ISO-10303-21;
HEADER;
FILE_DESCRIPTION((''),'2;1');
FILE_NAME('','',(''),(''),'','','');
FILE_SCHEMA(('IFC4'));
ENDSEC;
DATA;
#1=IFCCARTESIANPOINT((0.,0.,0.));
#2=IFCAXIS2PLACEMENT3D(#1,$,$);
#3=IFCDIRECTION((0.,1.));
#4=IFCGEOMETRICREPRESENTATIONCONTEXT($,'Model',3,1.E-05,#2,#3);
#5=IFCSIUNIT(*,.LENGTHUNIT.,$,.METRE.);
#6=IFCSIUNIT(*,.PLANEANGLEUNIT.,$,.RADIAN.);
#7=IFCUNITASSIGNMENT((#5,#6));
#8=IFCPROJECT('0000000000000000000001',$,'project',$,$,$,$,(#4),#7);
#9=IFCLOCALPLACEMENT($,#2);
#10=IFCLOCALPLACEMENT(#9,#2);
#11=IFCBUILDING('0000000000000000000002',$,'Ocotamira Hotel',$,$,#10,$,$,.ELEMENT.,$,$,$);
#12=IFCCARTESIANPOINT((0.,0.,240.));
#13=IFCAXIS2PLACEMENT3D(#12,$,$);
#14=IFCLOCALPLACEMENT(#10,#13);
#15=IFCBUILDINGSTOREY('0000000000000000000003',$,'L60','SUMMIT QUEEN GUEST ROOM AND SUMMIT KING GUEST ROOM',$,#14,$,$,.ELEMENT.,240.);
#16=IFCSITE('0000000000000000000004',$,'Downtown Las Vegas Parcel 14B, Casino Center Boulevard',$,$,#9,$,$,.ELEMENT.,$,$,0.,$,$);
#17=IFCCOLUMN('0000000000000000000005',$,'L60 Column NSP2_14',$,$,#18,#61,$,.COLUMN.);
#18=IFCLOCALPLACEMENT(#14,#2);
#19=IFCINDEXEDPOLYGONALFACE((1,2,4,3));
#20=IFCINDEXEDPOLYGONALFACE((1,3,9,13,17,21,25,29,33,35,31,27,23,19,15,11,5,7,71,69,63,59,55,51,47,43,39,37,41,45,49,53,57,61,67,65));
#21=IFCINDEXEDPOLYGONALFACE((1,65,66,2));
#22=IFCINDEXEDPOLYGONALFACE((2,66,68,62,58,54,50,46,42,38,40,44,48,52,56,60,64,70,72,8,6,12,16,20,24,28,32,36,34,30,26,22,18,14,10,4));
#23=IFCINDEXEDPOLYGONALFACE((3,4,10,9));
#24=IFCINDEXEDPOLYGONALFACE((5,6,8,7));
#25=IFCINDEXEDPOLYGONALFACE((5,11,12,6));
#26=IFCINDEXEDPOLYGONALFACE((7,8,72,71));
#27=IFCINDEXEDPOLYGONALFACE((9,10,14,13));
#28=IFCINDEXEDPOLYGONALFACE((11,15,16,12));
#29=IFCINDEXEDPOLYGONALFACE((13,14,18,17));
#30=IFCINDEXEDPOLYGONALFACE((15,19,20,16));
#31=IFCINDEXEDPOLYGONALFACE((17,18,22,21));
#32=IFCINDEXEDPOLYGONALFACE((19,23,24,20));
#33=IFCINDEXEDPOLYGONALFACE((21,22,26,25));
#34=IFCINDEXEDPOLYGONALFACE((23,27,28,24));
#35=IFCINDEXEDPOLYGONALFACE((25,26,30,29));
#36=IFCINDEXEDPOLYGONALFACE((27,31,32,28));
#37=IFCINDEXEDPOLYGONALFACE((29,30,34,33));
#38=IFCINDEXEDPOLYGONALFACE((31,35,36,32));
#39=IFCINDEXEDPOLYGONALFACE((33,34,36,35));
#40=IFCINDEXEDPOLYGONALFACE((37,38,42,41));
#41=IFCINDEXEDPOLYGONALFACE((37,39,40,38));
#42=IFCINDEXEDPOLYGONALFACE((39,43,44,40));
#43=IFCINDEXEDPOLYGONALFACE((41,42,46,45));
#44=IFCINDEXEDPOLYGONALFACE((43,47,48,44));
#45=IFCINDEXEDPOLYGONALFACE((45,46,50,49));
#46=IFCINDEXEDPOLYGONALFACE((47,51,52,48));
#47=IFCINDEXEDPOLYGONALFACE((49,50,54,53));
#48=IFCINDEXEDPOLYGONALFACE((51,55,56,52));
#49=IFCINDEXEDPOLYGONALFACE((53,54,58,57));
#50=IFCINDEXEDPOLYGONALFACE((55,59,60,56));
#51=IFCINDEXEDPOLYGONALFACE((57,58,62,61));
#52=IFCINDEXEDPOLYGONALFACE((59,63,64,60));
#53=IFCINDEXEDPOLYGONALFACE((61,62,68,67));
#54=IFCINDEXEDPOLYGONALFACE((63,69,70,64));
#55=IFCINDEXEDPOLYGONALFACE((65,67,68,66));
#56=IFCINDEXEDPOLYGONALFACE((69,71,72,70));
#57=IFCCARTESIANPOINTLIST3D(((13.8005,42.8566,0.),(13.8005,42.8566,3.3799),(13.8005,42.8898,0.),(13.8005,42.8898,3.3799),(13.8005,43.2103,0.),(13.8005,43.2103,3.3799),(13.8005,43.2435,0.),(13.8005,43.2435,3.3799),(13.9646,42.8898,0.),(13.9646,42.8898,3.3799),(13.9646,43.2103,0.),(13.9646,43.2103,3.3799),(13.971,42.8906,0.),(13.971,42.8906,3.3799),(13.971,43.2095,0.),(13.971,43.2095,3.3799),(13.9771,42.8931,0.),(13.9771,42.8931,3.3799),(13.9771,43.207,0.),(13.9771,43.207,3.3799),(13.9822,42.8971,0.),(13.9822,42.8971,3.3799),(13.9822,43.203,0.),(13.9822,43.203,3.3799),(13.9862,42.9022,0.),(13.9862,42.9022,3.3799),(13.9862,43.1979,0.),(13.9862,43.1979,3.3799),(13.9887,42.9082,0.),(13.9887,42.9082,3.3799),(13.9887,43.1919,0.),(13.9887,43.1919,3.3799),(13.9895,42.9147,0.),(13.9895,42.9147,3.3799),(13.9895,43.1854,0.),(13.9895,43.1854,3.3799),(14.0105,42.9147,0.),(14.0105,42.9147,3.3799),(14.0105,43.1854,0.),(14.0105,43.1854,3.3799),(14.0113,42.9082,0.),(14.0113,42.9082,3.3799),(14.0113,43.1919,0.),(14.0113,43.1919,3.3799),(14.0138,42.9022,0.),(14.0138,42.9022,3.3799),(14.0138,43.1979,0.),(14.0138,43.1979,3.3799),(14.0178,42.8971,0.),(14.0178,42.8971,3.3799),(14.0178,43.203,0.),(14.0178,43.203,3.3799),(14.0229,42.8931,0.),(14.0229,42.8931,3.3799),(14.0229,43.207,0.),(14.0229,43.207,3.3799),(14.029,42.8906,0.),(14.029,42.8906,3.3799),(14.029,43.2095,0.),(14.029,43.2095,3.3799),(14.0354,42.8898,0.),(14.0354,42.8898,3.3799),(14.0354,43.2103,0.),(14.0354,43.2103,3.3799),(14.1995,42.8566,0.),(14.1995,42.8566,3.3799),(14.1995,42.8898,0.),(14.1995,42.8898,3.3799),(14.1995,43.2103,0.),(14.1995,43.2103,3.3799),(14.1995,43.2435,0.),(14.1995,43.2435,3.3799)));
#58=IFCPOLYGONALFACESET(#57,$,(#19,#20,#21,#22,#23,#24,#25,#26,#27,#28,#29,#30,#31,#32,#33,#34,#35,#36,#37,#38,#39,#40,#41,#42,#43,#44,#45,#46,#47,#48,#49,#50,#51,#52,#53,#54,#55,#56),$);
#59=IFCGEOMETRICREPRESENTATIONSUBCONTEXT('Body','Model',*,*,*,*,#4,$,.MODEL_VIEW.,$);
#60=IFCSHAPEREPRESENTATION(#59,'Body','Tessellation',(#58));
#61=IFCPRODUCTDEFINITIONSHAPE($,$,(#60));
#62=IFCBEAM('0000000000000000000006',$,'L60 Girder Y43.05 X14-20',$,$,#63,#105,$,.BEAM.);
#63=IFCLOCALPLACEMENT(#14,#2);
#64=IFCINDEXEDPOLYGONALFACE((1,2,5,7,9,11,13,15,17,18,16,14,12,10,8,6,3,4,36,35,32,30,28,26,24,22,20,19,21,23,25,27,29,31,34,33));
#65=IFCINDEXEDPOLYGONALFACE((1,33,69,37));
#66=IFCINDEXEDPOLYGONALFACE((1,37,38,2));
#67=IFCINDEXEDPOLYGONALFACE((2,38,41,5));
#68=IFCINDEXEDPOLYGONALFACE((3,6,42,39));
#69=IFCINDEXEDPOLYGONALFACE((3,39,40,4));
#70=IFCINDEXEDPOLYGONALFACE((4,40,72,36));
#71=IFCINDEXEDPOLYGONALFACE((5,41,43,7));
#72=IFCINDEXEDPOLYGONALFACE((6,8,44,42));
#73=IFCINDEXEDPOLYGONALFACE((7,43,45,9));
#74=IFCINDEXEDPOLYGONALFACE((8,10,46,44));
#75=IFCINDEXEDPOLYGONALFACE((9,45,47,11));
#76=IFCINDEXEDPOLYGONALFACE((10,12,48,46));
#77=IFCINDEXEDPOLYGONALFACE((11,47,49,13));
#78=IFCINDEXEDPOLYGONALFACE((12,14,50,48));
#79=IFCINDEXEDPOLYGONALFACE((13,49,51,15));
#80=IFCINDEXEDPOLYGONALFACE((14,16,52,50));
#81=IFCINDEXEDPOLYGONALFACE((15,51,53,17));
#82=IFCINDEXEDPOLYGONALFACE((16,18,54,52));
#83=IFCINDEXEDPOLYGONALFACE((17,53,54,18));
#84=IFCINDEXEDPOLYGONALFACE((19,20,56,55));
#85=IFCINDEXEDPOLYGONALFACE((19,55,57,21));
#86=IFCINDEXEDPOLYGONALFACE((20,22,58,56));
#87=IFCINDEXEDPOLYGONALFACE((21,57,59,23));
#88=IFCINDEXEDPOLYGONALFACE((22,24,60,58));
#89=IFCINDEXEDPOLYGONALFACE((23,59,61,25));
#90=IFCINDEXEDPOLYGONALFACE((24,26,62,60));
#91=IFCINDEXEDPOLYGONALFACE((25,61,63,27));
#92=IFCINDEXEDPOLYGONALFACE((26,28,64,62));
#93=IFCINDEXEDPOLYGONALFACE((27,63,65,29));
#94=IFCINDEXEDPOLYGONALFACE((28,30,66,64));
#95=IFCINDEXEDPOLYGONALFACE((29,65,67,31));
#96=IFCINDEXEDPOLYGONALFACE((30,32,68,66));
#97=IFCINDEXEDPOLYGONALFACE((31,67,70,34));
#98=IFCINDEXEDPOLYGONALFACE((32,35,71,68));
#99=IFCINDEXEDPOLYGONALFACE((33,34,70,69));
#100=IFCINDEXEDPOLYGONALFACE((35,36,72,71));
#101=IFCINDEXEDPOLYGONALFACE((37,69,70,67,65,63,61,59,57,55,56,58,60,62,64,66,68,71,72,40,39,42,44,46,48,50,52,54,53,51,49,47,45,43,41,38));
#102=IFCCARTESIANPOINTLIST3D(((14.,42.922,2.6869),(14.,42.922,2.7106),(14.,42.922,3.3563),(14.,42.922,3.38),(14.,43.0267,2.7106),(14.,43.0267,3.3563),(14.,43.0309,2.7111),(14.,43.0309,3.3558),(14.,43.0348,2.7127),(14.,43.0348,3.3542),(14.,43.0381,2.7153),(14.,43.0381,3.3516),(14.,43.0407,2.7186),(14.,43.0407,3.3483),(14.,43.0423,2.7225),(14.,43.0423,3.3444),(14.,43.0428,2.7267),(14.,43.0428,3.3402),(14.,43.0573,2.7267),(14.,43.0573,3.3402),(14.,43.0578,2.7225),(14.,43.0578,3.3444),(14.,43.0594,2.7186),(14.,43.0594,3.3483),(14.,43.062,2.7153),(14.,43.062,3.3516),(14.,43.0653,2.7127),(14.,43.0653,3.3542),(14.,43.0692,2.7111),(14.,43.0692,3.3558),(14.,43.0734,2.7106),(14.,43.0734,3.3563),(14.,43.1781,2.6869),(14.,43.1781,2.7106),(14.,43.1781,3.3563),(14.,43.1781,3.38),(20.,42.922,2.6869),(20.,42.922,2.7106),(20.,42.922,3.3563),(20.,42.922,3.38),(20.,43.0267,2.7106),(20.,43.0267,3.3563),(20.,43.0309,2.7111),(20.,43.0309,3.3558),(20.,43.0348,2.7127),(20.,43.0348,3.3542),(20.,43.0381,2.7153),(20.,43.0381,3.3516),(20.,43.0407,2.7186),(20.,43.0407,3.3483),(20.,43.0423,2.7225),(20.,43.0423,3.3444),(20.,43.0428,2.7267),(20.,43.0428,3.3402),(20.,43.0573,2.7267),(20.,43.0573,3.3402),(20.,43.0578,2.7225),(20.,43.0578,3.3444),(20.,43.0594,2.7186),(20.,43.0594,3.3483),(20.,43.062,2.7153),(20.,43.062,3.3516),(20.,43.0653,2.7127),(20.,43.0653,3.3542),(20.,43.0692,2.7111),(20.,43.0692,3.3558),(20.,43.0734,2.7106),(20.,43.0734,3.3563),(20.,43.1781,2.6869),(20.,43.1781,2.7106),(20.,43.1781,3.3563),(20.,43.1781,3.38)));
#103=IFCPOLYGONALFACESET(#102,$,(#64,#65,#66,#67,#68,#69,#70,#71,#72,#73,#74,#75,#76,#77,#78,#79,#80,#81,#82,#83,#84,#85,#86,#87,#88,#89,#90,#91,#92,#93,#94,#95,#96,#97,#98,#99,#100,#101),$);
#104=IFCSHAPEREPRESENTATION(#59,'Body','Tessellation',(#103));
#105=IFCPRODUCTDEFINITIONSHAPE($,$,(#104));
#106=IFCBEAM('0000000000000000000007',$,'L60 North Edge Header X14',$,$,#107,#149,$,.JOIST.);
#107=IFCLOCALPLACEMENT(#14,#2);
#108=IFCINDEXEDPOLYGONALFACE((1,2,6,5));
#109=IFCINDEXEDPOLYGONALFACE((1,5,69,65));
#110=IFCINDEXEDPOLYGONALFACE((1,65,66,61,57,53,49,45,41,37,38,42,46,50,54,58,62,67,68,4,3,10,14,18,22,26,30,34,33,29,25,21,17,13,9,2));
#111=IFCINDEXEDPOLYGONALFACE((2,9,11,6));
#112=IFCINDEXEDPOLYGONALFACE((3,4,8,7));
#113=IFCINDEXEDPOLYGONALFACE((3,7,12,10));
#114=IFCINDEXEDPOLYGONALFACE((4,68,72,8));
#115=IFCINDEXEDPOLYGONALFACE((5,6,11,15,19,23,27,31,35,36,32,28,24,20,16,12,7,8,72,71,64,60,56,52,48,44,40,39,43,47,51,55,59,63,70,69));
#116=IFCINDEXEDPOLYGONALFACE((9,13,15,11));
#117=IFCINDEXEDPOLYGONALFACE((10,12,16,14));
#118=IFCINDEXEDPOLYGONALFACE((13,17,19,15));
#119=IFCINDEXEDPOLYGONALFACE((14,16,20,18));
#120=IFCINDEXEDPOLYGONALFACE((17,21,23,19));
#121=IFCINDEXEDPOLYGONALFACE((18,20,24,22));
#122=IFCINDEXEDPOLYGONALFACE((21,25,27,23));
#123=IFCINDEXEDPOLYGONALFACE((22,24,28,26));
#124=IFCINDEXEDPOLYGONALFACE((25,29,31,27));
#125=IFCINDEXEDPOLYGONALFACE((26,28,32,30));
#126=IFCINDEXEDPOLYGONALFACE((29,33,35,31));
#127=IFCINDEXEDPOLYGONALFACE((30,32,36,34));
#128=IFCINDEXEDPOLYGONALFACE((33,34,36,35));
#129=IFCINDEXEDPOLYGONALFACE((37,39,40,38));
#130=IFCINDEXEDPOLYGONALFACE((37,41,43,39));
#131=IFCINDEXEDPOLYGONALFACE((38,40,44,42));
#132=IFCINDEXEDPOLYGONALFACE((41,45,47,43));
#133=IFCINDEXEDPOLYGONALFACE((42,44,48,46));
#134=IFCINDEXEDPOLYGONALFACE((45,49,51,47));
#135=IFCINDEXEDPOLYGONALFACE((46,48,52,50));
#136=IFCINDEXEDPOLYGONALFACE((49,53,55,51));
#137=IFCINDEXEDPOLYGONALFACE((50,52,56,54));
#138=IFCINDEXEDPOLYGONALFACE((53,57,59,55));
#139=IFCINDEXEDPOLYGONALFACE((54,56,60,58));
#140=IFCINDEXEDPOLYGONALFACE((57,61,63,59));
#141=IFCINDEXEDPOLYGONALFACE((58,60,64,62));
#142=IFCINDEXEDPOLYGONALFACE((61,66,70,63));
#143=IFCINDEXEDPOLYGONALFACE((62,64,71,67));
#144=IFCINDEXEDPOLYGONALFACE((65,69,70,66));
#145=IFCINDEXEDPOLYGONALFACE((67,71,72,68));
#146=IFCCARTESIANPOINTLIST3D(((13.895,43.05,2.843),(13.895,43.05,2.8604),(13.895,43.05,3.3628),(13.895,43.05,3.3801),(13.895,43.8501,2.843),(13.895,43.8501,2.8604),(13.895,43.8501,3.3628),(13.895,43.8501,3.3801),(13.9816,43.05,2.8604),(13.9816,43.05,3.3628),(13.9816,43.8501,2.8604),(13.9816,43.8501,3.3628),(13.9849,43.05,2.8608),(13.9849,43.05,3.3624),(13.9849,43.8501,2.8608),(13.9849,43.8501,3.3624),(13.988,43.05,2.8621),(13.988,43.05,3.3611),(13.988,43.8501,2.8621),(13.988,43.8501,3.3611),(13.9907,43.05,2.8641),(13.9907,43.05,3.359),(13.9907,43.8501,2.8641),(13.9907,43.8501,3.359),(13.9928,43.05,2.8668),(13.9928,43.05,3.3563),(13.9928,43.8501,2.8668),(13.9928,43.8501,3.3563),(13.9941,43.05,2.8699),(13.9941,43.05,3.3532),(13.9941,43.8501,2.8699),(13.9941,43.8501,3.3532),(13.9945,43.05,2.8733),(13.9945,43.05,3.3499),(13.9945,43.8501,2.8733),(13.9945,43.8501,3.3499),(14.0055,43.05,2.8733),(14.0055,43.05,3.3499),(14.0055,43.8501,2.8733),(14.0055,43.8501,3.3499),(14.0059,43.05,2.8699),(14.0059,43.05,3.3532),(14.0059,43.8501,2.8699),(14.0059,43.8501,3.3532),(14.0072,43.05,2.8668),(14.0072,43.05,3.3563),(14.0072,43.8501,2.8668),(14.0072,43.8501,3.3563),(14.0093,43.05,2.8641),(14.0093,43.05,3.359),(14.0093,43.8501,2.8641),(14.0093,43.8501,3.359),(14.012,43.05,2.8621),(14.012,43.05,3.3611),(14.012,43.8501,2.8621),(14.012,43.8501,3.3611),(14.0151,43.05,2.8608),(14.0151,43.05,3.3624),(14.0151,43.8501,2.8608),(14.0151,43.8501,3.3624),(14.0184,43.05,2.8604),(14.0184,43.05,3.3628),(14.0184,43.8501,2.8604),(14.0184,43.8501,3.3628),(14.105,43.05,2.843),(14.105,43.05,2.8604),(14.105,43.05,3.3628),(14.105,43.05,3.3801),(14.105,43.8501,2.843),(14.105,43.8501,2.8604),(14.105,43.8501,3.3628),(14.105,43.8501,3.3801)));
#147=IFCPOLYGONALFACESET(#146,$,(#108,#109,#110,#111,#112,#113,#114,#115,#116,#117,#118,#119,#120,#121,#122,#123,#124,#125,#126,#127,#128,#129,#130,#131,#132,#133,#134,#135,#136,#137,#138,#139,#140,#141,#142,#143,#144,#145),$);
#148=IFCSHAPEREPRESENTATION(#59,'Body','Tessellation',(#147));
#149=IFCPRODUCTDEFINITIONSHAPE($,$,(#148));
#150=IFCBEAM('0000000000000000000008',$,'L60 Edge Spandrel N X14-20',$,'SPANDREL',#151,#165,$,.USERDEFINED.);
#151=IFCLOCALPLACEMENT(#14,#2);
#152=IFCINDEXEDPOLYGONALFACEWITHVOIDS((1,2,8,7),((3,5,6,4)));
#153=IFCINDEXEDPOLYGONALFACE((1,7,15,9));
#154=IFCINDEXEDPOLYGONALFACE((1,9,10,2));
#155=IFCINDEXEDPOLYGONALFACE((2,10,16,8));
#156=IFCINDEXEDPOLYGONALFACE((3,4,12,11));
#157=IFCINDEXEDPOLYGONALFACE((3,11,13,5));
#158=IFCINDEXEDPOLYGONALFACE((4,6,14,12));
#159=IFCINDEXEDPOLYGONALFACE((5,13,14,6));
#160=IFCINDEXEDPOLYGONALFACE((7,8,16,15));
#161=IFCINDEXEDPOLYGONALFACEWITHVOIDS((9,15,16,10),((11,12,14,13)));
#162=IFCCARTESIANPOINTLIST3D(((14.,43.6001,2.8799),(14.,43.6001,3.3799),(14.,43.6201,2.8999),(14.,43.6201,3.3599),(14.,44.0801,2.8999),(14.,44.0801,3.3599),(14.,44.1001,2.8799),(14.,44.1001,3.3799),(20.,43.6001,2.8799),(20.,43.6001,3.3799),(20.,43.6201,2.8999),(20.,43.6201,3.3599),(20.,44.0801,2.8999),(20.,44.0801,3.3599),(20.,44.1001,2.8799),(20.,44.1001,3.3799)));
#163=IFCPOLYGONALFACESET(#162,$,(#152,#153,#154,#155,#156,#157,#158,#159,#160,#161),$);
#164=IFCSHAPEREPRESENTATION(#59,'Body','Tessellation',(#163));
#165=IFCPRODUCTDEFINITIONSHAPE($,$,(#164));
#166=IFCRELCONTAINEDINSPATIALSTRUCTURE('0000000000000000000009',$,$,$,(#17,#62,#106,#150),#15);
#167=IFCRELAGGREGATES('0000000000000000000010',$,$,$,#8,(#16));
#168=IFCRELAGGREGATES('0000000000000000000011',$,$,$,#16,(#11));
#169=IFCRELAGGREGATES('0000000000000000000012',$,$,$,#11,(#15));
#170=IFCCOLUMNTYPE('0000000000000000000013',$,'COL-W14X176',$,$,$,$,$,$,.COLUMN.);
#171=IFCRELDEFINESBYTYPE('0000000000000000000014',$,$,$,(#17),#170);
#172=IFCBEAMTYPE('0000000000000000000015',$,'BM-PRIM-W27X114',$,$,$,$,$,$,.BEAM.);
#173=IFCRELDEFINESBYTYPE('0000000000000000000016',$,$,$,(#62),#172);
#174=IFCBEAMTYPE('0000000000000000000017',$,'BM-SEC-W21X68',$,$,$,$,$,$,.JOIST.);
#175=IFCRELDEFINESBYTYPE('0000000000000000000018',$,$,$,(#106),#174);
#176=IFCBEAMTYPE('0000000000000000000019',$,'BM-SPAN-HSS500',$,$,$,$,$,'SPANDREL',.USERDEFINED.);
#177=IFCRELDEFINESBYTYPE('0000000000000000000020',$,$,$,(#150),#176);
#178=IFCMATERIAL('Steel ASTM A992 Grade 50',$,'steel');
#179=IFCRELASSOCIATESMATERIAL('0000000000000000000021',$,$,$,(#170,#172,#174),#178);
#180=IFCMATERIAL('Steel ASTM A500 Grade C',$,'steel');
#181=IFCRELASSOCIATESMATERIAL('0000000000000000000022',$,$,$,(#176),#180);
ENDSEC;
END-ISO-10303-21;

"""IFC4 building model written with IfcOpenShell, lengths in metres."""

from ifc_helpers import new_model, si_unit, direction, frame, origin, origin_2d, place, context, subcontext, project, spatial, hollow_rectangle, i_section, extrude, source, transform, mapped, material, material_profile, profile_set, type_object, element, save


model = new_model("IFC4")

# Units and contexts
model_context = context("Model", 3, precision=1e-05, world=origin(), true_north=direction((0.0, 1.0)))
body_context = subcontext(model_context, "Body", "Model", "MODEL_VIEW")
ifc_project = project(units=[si_unit("LENGTHUNIT", "METRE"), si_unit("PLANEANGLEUNIT", "RADIAN")], contexts=[model_context])

# Site, building, storey
site_placement = place(None, origin())
site = spatial("IfcSite", under=ifc_project, at=site_placement, Name="Downtown Las Vegas Parcel 14B, Casino Center Boulevard", CompositionType="ELEMENT", RefElevation=0.0)
building_placement = place(site_placement, origin())
building = spatial("IfcBuilding", under=site, at=building_placement, Name="Ocotamira Hotel", CompositionType="ELEMENT")
storey_placement = place(building_placement, frame((0.0, 0.0, 240.0)))
storey = spatial("IfcBuildingStorey", under=building, at=storey_placement, Name="L60", Description="SUMMIT QUEEN GUEST ROOM AND SUMMIT KING GUEST ROOM", CompositionType="ELEMENT", Elevation=240.0)

# Column
ifc_material_1 = material(Name="Steel ASTM A992 Grade 50", Category="steel")
ifc_material_profile_1 = material_profile(ifc_material_1, i_section(OverallWidth=0.3989, OverallDepth=0.387, WebThickness=0.021, FlangeThickness=0.0332, FilletRadius=0.0249, at=origin_2d()), Name="W14X176")
ifc_profile_set_1 = profile_set([ifc_material_profile_1], Name="Steel ASTM A992 Grade 50")
column_type = type_object("IfcColumnType", Name="COL-W14X176", PredefinedType="COLUMN", material=ifc_profile_set_1)
shared_shape_1 = source(origin(), body_context, "Body", "SweptSolid", [
    extrude(i_section(OverallWidth=0.3989, OverallDepth=0.387, WebThickness=0.021, FlangeThickness=0.0332, FilletRadius=0.0249, at=origin_2d()), origin(), (0.0, 0.0, 1.0), 3.3799),
])
column_placement = place(storey_placement, frame((14.0, 43.05, 0.0), z_axis=(0.0, 0.0, 1.0), x_axis=(1.0, 0.0, 0.0)))
element("IfcColumn", 1, at=column_placement, inside=storey, type_object=column_type, Name="L60 Column NSP2_14", PredefinedType="COLUMN", context=body_context, shape_type="MappedRepresentation", body=[
    mapped(shared_shape_1, transform((0.0, 0.0, 0.0), scale=1.0)),
])

# Beams
ifc_material_profile_2 = material_profile(ifc_material_1, i_section(OverallWidth=0.2561, OverallDepth=0.6931, WebThickness=0.0144, FlangeThickness=0.0237, FilletRadius=0.0161, at=origin_2d()), Name="W27X114")
ifc_profile_set_2 = profile_set([ifc_material_profile_2], Name="Steel ASTM A992 Grade 50")
beam_type_1 = type_object("IfcBeamType", Name="BM-PRIM-W27X114", PredefinedType="BEAM", material=ifc_profile_set_2)
shared_shape_2 = source(origin(), body_context, "Body", "SweptSolid", [
    extrude(i_section(OverallWidth=0.2561, OverallDepth=0.6931, WebThickness=0.0144, FlangeThickness=0.0237, FilletRadius=0.0161, at=origin_2d()), origin(), (0.0, 0.0, 1.0), 6.0),
])
beam_1_placement = place(storey_placement, frame((14.0, 43.05, 3.0334), z_axis=(1.0, 0.0, 0.0), x_axis=(0.0, 1.0, 0.0)))
element("IfcBeam", 2, at=beam_1_placement, inside=storey, type_object=beam_type_1, Name="L60 Girder Y43.05 X14-20", PredefinedType="BEAM", context=body_context, shape_type="MappedRepresentation", body=[
    mapped(shared_shape_2, transform((0.0, 0.0, 0.0), scale=1.0)),
])
ifc_material_profile_3 = material_profile(ifc_material_1, i_section(OverallWidth=0.21, OverallDepth=0.5371, WebThickness=0.011, FlangeThickness=0.0173, FilletRadius=0.0129, at=origin_2d()), Name="W21X68")
ifc_profile_set_3 = profile_set([ifc_material_profile_3], Name="Steel ASTM A992 Grade 50")
beam_type_2 = type_object("IfcBeamType", Name="BM-SEC-W21X68", PredefinedType="JOIST", material=ifc_profile_set_3)
shared_shape_3 = source(origin(), body_context, "Body", "SweptSolid", [
    extrude(i_section(OverallWidth=0.21, OverallDepth=0.5371, WebThickness=0.011, FlangeThickness=0.0173, FilletRadius=0.0129, at=origin_2d()), origin(), (0.0, 0.0, 1.0), 0.8),
])
beam_2_placement = place(storey_placement, frame((14.0, 43.05, 3.1116), z_axis=(0.0, 1.0, 0.0), x_axis=(-1.0, 0.0, 0.0)))
element("IfcBeam", 3, at=beam_2_placement, inside=storey, type_object=beam_type_2, Name="L60 North Edge Header X14", PredefinedType="JOIST", context=body_context, shape_type="MappedRepresentation", body=[
    mapped(shared_shape_3, transform((0.0, 0.0, 0.0), scale=1.0)),
])
ifc_material_2 = material(Name="Steel ASTM A500 Grade C", Category="steel")
ifc_material_profile_4 = material_profile(ifc_material_2, hollow_rectangle(XDim=0.5, YDim=0.5, WallThickness=0.02, at=origin_2d()), Name="HSS500X500X20")
ifc_profile_set_4 = profile_set([ifc_material_profile_4], Name="Steel ASTM A500 Grade C")
beam_type_3 = type_object("IfcBeamType", Name="BM-SPAN-HSS500", ElementType="SPANDREL", PredefinedType="USERDEFINED", material=ifc_profile_set_4)
shared_shape_4 = source(origin(), body_context, "Body", "SweptSolid", [
    extrude(hollow_rectangle(XDim=0.5, YDim=0.5, WallThickness=0.02, at=origin_2d()), origin(), (0.0, 0.0, 1.0), 6.0),
])
beam_3_placement = place(storey_placement, frame((14.0, 43.8501, 3.1299), z_axis=(1.0, 0.0, 0.0), x_axis=(0.0, 1.0, 0.0)))
element("IfcBeam", 4, at=beam_3_placement, inside=storey, type_object=beam_type_3, Name="L60 Edge Spandrel N X14-20", ObjectType="SPANDREL", PredefinedType="USERDEFINED", context=body_context, shape_type="MappedRepresentation", body=[
    mapped(shared_shape_4, transform((0.0, 0.0, 0.0), scale=1.0)),
])

save(model, "model.ifc")
